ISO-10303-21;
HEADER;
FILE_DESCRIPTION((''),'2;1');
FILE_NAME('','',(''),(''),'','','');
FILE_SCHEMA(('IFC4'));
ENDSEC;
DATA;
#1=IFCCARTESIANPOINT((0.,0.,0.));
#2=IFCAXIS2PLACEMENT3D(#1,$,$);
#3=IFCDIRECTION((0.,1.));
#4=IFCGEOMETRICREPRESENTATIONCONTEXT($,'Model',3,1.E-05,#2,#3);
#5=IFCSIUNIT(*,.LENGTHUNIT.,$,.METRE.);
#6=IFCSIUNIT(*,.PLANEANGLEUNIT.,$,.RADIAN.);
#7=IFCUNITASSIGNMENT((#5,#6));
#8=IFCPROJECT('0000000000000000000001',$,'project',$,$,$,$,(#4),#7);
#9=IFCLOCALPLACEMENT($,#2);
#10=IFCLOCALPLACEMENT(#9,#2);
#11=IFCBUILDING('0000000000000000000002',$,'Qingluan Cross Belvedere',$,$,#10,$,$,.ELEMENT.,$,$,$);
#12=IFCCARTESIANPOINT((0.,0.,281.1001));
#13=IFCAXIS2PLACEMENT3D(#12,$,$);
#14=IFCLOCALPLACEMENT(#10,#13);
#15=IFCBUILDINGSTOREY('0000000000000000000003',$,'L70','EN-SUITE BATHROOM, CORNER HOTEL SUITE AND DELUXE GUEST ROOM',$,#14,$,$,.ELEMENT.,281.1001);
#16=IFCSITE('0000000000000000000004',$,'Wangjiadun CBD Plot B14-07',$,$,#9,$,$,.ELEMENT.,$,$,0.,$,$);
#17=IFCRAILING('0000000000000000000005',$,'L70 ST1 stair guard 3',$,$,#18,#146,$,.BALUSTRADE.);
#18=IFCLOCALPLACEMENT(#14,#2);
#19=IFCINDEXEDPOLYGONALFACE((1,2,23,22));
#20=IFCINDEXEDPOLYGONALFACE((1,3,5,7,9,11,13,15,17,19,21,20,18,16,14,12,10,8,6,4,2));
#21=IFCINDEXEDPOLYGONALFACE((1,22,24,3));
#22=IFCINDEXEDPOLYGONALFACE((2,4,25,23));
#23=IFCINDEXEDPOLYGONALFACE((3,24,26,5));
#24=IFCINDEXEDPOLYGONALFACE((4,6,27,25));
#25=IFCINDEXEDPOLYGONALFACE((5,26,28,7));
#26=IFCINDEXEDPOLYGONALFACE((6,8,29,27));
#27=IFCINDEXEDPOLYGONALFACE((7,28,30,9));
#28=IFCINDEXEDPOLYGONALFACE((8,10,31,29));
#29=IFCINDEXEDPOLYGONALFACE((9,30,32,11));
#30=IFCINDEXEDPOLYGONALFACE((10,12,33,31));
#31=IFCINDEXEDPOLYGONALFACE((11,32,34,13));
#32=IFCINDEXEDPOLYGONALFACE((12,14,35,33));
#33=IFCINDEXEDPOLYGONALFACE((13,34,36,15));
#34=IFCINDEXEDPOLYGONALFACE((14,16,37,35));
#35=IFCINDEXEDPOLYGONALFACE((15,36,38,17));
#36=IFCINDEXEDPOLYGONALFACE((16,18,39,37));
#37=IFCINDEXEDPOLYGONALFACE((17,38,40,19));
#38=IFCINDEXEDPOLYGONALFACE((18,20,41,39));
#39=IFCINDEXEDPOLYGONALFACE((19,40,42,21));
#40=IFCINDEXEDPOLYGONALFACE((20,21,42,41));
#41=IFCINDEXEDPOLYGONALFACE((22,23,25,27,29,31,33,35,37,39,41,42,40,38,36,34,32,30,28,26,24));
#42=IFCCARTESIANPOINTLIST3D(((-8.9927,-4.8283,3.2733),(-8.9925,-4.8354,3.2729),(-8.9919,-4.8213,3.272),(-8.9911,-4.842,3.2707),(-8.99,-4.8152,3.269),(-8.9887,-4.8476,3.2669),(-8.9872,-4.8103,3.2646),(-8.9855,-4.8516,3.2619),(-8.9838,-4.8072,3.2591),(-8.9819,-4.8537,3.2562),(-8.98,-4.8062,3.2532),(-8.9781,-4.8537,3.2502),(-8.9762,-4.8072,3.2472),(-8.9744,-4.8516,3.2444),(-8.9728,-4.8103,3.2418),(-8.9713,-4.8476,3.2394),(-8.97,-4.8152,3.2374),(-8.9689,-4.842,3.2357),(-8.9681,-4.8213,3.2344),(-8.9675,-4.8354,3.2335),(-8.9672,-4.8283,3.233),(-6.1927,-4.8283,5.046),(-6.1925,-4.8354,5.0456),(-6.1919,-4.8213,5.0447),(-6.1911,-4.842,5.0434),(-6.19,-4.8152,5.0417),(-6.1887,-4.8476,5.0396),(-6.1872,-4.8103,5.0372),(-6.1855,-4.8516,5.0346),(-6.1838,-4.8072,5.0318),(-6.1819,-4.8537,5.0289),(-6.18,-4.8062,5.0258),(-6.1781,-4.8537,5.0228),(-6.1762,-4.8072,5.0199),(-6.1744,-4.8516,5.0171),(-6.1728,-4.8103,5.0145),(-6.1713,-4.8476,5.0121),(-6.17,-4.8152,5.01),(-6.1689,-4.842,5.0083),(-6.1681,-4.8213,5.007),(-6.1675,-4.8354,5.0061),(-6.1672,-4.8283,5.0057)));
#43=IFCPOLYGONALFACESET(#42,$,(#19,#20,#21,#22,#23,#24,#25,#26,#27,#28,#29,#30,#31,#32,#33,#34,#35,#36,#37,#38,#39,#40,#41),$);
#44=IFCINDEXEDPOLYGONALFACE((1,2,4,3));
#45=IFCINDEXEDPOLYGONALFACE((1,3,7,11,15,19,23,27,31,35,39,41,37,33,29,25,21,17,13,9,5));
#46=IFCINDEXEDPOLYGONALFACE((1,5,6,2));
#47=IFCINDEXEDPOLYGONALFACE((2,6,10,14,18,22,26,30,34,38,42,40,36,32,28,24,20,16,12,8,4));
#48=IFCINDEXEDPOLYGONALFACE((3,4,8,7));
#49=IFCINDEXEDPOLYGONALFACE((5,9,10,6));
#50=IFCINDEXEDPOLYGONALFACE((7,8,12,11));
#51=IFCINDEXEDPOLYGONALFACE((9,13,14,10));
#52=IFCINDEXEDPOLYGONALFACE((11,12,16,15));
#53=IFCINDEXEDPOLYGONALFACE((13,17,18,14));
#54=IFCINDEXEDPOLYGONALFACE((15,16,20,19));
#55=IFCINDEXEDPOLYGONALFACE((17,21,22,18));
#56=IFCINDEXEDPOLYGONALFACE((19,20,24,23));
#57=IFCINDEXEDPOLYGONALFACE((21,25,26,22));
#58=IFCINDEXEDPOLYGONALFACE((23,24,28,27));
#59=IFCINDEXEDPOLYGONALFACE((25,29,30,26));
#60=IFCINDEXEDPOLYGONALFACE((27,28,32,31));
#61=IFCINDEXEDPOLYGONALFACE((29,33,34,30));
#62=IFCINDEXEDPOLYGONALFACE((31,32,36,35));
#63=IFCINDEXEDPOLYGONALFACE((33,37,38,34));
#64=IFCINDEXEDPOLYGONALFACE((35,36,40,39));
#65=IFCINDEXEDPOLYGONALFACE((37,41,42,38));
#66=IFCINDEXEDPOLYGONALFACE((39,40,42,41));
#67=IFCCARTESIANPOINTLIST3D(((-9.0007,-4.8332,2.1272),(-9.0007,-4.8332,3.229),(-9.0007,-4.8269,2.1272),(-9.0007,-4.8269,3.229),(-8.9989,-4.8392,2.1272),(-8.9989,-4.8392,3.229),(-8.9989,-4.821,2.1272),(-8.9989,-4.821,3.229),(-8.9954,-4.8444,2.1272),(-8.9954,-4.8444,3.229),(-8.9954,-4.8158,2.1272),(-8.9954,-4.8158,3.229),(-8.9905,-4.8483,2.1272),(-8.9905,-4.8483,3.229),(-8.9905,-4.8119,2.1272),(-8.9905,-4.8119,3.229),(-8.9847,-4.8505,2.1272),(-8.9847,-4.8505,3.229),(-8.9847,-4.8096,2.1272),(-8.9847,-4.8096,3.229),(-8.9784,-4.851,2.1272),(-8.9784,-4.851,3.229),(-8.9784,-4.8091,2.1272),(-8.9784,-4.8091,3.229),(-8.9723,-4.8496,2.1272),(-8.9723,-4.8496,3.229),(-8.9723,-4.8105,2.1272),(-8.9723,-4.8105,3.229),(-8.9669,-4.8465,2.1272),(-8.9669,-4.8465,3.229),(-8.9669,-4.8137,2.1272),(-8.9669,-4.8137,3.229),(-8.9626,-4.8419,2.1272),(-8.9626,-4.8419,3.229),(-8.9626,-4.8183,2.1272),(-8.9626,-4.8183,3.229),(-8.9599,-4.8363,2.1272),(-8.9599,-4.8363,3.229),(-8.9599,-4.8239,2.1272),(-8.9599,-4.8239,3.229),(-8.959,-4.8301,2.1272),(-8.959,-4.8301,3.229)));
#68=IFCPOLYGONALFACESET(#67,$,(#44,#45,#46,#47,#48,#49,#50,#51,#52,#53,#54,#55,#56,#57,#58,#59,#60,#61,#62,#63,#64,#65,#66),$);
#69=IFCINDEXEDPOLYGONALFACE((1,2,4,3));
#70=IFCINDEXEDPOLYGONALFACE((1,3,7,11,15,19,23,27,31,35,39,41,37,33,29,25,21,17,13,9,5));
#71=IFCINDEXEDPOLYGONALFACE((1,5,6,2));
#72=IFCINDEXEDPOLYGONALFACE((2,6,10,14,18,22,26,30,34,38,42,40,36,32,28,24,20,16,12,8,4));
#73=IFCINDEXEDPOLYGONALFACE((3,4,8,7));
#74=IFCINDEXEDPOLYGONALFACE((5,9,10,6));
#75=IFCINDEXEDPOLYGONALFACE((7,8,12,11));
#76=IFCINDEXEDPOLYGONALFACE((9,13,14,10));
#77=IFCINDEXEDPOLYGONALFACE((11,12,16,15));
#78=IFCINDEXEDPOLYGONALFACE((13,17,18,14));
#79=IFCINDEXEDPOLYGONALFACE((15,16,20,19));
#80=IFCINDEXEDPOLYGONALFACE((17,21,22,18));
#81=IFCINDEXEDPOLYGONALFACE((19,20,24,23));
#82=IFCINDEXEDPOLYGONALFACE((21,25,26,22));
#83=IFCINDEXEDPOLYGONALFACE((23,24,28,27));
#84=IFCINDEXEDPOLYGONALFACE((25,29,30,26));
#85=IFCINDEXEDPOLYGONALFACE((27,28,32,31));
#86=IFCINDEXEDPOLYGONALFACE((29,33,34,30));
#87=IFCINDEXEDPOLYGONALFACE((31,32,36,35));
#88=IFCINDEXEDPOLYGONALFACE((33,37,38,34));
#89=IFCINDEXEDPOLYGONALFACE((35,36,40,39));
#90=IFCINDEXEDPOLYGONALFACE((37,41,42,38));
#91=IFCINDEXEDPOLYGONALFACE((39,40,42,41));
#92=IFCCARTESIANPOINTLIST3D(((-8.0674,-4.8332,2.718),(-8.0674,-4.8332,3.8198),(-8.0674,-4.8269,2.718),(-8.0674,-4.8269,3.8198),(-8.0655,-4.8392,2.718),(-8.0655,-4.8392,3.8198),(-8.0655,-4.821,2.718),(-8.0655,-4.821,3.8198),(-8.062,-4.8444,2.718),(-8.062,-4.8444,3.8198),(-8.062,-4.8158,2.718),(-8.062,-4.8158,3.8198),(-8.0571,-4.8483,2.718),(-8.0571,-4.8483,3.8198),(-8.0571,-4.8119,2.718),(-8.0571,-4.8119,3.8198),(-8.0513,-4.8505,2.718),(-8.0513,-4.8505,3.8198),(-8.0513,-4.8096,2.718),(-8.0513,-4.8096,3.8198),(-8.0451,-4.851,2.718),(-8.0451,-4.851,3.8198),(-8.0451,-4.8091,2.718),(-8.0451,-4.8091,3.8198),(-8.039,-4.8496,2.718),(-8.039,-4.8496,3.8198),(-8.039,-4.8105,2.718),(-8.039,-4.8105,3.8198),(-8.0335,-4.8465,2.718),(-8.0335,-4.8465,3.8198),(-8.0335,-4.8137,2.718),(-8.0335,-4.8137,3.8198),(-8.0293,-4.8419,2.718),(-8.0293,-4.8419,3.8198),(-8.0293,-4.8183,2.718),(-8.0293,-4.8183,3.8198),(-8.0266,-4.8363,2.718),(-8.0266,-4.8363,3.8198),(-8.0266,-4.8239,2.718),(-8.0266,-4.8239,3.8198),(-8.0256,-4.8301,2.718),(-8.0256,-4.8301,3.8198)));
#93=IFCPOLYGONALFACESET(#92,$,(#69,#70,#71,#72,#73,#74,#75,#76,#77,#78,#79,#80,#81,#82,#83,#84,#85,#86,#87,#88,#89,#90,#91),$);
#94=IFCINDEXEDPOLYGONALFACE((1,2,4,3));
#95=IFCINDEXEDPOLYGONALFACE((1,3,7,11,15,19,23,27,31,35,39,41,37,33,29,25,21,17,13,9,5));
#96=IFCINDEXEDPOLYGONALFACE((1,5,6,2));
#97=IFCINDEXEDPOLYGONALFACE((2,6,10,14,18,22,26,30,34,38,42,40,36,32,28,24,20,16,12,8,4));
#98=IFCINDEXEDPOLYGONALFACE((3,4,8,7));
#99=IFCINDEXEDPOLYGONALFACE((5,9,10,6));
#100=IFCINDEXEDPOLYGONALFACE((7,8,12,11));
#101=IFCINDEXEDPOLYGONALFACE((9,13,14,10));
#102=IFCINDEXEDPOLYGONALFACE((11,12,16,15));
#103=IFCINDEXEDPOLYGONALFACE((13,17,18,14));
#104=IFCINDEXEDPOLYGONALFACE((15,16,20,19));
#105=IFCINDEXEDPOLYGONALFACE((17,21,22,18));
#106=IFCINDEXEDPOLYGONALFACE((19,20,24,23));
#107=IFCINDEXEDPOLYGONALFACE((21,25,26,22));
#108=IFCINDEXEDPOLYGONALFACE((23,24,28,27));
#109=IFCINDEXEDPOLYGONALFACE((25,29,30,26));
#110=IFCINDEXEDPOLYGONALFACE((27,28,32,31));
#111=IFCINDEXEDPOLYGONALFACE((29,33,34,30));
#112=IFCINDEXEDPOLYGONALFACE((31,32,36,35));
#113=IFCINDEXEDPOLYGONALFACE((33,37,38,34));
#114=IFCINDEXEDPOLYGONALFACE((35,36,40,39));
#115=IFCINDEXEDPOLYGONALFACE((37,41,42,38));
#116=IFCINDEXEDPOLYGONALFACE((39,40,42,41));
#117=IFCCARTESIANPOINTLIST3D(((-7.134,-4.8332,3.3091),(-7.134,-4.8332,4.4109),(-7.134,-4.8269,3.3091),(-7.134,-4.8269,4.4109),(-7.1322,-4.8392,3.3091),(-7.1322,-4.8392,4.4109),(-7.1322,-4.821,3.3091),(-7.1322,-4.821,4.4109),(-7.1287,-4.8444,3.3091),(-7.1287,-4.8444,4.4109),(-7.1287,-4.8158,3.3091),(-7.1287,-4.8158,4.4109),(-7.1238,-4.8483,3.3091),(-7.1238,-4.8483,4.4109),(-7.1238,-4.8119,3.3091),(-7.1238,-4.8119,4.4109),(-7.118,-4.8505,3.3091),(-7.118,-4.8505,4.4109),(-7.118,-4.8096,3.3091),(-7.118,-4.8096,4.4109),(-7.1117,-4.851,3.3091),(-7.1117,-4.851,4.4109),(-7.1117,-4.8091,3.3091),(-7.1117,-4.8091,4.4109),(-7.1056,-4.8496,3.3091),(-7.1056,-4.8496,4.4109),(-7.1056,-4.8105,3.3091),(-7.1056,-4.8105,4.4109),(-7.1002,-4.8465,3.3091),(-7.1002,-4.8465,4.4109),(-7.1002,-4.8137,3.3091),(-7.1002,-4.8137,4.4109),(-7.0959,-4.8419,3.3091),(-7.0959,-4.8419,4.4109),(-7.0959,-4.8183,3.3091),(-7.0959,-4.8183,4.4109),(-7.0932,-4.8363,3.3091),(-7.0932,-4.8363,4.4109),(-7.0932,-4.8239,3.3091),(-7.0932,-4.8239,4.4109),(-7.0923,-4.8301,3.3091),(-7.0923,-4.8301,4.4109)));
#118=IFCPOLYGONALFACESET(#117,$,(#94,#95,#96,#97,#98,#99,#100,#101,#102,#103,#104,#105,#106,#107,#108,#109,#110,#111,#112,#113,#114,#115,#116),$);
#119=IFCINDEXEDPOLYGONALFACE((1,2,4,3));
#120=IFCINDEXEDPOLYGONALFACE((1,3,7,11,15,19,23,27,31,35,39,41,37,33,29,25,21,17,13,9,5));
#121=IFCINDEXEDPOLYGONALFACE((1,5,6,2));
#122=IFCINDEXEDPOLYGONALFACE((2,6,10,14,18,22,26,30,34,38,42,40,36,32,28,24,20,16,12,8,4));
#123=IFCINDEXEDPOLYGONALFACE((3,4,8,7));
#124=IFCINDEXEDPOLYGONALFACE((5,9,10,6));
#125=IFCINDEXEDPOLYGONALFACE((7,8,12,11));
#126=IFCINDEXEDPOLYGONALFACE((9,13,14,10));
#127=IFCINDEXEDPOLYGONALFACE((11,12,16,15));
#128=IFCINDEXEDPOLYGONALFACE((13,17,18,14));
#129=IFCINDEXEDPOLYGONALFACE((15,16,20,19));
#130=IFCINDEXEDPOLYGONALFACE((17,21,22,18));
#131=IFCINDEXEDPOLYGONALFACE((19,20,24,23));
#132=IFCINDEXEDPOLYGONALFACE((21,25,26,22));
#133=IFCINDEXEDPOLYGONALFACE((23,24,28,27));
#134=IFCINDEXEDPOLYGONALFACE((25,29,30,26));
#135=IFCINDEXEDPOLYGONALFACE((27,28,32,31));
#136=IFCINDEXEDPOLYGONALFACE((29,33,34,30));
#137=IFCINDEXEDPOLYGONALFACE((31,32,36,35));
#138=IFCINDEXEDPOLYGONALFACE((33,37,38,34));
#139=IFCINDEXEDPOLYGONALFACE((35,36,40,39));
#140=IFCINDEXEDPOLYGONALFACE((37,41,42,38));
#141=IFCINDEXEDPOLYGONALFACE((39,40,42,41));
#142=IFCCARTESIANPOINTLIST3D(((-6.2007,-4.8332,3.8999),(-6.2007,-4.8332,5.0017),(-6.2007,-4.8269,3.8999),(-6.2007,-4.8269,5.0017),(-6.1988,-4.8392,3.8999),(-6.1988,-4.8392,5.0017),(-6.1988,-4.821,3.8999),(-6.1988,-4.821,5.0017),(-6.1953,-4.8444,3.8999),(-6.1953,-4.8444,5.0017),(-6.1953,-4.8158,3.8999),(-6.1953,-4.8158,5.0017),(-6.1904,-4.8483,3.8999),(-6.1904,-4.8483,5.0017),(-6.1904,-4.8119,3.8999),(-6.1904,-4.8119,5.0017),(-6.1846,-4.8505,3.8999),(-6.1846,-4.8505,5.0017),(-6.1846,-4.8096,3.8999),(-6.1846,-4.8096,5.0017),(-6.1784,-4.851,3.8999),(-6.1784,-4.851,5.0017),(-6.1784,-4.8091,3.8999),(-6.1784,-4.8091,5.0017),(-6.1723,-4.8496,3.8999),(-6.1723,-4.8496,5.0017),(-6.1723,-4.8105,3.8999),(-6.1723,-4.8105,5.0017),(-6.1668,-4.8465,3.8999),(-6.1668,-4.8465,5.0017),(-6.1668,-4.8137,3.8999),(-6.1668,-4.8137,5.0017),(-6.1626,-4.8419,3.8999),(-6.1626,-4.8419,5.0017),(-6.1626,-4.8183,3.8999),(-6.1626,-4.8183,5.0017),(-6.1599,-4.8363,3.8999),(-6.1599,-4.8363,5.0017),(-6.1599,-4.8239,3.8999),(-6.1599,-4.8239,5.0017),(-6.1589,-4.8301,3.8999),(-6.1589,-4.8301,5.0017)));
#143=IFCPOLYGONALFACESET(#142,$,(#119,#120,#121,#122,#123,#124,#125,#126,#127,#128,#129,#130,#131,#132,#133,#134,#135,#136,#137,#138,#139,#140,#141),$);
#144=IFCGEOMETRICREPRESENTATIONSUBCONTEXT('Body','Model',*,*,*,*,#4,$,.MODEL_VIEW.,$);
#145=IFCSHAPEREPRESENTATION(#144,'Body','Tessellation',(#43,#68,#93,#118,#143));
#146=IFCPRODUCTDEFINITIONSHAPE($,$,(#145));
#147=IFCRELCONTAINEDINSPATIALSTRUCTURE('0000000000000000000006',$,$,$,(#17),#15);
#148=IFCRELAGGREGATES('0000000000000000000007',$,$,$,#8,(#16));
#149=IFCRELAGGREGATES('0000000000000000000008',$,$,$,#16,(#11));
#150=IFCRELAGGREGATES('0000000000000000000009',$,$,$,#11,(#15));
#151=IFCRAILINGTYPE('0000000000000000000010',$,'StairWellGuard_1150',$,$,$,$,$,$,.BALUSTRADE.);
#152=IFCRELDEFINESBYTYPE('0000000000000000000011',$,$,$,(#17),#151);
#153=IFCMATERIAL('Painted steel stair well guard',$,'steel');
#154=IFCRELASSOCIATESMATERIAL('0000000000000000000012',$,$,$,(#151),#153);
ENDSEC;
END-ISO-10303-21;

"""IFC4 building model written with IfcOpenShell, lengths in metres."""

from ifc_helpers import new_model, si_unit, direction, frame, origin, origin_2d, place, context, subcontext, project, spatial, circle, extrude, material, type_object, element, save


model = new_model("IFC4")

# Units and contexts
model_context = context("Model", 3, precision=1e-05, world=origin(), true_north=direction((0.0, 1.0)))
body_context = subcontext(model_context, "Body", "Model", "MODEL_VIEW")
ifc_project = project(units=[si_unit("LENGTHUNIT", "METRE"), si_unit("PLANEANGLEUNIT", "RADIAN")], contexts=[model_context])

# Site, building, storey
site_placement = place(None, origin())
site = spatial("IfcSite", under=ifc_project, at=site_placement, Name="Wangjiadun CBD Plot B14-07", CompositionType="ELEMENT", RefElevation=0.0)
building_placement = place(site_placement, origin())
building = spatial("IfcBuilding", under=site, at=building_placement, Name="Qingluan Cross Belvedere", CompositionType="ELEMENT")
storey_placement = place(building_placement, frame((0.0, 0.0, 281.1001)))
storey = spatial("IfcBuildingStorey", under=building, at=storey_placement, Name="L70", Description="EN-SUITE BATHROOM, CORNER HOTEL SUITE AND DELUXE GUEST ROOM", CompositionType="ELEMENT", Elevation=281.1001)

# Railing
ifc_material_1 = material(Name="Painted steel stair well guard", Category="steel")
railing_type_1 = type_object("IfcRailingType", Name="StairWellGuard_1150", PredefinedType="BALUSTRADE", material=ifc_material_1)
railing_1_placement = place(storey_placement, frame((-8.98, -4.8301, 2.1272)))
element("IfcRailing", 1, at=railing_1_placement, inside=storey, type_object=railing_type_1, Name="L70 ST1 stair guard 3", PredefinedType="BALUSTRADE", context=body_context, shape_type="SweptSolid", body=[
    extrude(circle(Radius=0.0239, at=origin_2d()), frame((0.0, 0.0, 1.126), z_axis=(0.844909, 0.0, 0.53491), x_axis=(0.0, 1.0, 0.0)), (0.0, 0.0, 1.0), 3.314),
    extrude(circle(Radius=0.021, at=origin_2d()), origin(), (0.0, 0.0, 1.0), 1.1018),
    extrude(circle(Radius=0.021, at=origin_2d()), frame((0.9333, 0.0, 0.5908)), (0.0, 0.0, 1.0), 1.1018),
    extrude(circle(Radius=0.021, at=origin_2d()), frame((1.8667, 0.0, 1.1819)), (0.0, 0.0, 1.0), 1.1018),
    extrude(circle(Radius=0.021, at=origin_2d()), frame((2.8, 0.0, 1.7727)), (0.0, 0.0, 1.0), 1.1018),
])

save(model, "model.ifc")
